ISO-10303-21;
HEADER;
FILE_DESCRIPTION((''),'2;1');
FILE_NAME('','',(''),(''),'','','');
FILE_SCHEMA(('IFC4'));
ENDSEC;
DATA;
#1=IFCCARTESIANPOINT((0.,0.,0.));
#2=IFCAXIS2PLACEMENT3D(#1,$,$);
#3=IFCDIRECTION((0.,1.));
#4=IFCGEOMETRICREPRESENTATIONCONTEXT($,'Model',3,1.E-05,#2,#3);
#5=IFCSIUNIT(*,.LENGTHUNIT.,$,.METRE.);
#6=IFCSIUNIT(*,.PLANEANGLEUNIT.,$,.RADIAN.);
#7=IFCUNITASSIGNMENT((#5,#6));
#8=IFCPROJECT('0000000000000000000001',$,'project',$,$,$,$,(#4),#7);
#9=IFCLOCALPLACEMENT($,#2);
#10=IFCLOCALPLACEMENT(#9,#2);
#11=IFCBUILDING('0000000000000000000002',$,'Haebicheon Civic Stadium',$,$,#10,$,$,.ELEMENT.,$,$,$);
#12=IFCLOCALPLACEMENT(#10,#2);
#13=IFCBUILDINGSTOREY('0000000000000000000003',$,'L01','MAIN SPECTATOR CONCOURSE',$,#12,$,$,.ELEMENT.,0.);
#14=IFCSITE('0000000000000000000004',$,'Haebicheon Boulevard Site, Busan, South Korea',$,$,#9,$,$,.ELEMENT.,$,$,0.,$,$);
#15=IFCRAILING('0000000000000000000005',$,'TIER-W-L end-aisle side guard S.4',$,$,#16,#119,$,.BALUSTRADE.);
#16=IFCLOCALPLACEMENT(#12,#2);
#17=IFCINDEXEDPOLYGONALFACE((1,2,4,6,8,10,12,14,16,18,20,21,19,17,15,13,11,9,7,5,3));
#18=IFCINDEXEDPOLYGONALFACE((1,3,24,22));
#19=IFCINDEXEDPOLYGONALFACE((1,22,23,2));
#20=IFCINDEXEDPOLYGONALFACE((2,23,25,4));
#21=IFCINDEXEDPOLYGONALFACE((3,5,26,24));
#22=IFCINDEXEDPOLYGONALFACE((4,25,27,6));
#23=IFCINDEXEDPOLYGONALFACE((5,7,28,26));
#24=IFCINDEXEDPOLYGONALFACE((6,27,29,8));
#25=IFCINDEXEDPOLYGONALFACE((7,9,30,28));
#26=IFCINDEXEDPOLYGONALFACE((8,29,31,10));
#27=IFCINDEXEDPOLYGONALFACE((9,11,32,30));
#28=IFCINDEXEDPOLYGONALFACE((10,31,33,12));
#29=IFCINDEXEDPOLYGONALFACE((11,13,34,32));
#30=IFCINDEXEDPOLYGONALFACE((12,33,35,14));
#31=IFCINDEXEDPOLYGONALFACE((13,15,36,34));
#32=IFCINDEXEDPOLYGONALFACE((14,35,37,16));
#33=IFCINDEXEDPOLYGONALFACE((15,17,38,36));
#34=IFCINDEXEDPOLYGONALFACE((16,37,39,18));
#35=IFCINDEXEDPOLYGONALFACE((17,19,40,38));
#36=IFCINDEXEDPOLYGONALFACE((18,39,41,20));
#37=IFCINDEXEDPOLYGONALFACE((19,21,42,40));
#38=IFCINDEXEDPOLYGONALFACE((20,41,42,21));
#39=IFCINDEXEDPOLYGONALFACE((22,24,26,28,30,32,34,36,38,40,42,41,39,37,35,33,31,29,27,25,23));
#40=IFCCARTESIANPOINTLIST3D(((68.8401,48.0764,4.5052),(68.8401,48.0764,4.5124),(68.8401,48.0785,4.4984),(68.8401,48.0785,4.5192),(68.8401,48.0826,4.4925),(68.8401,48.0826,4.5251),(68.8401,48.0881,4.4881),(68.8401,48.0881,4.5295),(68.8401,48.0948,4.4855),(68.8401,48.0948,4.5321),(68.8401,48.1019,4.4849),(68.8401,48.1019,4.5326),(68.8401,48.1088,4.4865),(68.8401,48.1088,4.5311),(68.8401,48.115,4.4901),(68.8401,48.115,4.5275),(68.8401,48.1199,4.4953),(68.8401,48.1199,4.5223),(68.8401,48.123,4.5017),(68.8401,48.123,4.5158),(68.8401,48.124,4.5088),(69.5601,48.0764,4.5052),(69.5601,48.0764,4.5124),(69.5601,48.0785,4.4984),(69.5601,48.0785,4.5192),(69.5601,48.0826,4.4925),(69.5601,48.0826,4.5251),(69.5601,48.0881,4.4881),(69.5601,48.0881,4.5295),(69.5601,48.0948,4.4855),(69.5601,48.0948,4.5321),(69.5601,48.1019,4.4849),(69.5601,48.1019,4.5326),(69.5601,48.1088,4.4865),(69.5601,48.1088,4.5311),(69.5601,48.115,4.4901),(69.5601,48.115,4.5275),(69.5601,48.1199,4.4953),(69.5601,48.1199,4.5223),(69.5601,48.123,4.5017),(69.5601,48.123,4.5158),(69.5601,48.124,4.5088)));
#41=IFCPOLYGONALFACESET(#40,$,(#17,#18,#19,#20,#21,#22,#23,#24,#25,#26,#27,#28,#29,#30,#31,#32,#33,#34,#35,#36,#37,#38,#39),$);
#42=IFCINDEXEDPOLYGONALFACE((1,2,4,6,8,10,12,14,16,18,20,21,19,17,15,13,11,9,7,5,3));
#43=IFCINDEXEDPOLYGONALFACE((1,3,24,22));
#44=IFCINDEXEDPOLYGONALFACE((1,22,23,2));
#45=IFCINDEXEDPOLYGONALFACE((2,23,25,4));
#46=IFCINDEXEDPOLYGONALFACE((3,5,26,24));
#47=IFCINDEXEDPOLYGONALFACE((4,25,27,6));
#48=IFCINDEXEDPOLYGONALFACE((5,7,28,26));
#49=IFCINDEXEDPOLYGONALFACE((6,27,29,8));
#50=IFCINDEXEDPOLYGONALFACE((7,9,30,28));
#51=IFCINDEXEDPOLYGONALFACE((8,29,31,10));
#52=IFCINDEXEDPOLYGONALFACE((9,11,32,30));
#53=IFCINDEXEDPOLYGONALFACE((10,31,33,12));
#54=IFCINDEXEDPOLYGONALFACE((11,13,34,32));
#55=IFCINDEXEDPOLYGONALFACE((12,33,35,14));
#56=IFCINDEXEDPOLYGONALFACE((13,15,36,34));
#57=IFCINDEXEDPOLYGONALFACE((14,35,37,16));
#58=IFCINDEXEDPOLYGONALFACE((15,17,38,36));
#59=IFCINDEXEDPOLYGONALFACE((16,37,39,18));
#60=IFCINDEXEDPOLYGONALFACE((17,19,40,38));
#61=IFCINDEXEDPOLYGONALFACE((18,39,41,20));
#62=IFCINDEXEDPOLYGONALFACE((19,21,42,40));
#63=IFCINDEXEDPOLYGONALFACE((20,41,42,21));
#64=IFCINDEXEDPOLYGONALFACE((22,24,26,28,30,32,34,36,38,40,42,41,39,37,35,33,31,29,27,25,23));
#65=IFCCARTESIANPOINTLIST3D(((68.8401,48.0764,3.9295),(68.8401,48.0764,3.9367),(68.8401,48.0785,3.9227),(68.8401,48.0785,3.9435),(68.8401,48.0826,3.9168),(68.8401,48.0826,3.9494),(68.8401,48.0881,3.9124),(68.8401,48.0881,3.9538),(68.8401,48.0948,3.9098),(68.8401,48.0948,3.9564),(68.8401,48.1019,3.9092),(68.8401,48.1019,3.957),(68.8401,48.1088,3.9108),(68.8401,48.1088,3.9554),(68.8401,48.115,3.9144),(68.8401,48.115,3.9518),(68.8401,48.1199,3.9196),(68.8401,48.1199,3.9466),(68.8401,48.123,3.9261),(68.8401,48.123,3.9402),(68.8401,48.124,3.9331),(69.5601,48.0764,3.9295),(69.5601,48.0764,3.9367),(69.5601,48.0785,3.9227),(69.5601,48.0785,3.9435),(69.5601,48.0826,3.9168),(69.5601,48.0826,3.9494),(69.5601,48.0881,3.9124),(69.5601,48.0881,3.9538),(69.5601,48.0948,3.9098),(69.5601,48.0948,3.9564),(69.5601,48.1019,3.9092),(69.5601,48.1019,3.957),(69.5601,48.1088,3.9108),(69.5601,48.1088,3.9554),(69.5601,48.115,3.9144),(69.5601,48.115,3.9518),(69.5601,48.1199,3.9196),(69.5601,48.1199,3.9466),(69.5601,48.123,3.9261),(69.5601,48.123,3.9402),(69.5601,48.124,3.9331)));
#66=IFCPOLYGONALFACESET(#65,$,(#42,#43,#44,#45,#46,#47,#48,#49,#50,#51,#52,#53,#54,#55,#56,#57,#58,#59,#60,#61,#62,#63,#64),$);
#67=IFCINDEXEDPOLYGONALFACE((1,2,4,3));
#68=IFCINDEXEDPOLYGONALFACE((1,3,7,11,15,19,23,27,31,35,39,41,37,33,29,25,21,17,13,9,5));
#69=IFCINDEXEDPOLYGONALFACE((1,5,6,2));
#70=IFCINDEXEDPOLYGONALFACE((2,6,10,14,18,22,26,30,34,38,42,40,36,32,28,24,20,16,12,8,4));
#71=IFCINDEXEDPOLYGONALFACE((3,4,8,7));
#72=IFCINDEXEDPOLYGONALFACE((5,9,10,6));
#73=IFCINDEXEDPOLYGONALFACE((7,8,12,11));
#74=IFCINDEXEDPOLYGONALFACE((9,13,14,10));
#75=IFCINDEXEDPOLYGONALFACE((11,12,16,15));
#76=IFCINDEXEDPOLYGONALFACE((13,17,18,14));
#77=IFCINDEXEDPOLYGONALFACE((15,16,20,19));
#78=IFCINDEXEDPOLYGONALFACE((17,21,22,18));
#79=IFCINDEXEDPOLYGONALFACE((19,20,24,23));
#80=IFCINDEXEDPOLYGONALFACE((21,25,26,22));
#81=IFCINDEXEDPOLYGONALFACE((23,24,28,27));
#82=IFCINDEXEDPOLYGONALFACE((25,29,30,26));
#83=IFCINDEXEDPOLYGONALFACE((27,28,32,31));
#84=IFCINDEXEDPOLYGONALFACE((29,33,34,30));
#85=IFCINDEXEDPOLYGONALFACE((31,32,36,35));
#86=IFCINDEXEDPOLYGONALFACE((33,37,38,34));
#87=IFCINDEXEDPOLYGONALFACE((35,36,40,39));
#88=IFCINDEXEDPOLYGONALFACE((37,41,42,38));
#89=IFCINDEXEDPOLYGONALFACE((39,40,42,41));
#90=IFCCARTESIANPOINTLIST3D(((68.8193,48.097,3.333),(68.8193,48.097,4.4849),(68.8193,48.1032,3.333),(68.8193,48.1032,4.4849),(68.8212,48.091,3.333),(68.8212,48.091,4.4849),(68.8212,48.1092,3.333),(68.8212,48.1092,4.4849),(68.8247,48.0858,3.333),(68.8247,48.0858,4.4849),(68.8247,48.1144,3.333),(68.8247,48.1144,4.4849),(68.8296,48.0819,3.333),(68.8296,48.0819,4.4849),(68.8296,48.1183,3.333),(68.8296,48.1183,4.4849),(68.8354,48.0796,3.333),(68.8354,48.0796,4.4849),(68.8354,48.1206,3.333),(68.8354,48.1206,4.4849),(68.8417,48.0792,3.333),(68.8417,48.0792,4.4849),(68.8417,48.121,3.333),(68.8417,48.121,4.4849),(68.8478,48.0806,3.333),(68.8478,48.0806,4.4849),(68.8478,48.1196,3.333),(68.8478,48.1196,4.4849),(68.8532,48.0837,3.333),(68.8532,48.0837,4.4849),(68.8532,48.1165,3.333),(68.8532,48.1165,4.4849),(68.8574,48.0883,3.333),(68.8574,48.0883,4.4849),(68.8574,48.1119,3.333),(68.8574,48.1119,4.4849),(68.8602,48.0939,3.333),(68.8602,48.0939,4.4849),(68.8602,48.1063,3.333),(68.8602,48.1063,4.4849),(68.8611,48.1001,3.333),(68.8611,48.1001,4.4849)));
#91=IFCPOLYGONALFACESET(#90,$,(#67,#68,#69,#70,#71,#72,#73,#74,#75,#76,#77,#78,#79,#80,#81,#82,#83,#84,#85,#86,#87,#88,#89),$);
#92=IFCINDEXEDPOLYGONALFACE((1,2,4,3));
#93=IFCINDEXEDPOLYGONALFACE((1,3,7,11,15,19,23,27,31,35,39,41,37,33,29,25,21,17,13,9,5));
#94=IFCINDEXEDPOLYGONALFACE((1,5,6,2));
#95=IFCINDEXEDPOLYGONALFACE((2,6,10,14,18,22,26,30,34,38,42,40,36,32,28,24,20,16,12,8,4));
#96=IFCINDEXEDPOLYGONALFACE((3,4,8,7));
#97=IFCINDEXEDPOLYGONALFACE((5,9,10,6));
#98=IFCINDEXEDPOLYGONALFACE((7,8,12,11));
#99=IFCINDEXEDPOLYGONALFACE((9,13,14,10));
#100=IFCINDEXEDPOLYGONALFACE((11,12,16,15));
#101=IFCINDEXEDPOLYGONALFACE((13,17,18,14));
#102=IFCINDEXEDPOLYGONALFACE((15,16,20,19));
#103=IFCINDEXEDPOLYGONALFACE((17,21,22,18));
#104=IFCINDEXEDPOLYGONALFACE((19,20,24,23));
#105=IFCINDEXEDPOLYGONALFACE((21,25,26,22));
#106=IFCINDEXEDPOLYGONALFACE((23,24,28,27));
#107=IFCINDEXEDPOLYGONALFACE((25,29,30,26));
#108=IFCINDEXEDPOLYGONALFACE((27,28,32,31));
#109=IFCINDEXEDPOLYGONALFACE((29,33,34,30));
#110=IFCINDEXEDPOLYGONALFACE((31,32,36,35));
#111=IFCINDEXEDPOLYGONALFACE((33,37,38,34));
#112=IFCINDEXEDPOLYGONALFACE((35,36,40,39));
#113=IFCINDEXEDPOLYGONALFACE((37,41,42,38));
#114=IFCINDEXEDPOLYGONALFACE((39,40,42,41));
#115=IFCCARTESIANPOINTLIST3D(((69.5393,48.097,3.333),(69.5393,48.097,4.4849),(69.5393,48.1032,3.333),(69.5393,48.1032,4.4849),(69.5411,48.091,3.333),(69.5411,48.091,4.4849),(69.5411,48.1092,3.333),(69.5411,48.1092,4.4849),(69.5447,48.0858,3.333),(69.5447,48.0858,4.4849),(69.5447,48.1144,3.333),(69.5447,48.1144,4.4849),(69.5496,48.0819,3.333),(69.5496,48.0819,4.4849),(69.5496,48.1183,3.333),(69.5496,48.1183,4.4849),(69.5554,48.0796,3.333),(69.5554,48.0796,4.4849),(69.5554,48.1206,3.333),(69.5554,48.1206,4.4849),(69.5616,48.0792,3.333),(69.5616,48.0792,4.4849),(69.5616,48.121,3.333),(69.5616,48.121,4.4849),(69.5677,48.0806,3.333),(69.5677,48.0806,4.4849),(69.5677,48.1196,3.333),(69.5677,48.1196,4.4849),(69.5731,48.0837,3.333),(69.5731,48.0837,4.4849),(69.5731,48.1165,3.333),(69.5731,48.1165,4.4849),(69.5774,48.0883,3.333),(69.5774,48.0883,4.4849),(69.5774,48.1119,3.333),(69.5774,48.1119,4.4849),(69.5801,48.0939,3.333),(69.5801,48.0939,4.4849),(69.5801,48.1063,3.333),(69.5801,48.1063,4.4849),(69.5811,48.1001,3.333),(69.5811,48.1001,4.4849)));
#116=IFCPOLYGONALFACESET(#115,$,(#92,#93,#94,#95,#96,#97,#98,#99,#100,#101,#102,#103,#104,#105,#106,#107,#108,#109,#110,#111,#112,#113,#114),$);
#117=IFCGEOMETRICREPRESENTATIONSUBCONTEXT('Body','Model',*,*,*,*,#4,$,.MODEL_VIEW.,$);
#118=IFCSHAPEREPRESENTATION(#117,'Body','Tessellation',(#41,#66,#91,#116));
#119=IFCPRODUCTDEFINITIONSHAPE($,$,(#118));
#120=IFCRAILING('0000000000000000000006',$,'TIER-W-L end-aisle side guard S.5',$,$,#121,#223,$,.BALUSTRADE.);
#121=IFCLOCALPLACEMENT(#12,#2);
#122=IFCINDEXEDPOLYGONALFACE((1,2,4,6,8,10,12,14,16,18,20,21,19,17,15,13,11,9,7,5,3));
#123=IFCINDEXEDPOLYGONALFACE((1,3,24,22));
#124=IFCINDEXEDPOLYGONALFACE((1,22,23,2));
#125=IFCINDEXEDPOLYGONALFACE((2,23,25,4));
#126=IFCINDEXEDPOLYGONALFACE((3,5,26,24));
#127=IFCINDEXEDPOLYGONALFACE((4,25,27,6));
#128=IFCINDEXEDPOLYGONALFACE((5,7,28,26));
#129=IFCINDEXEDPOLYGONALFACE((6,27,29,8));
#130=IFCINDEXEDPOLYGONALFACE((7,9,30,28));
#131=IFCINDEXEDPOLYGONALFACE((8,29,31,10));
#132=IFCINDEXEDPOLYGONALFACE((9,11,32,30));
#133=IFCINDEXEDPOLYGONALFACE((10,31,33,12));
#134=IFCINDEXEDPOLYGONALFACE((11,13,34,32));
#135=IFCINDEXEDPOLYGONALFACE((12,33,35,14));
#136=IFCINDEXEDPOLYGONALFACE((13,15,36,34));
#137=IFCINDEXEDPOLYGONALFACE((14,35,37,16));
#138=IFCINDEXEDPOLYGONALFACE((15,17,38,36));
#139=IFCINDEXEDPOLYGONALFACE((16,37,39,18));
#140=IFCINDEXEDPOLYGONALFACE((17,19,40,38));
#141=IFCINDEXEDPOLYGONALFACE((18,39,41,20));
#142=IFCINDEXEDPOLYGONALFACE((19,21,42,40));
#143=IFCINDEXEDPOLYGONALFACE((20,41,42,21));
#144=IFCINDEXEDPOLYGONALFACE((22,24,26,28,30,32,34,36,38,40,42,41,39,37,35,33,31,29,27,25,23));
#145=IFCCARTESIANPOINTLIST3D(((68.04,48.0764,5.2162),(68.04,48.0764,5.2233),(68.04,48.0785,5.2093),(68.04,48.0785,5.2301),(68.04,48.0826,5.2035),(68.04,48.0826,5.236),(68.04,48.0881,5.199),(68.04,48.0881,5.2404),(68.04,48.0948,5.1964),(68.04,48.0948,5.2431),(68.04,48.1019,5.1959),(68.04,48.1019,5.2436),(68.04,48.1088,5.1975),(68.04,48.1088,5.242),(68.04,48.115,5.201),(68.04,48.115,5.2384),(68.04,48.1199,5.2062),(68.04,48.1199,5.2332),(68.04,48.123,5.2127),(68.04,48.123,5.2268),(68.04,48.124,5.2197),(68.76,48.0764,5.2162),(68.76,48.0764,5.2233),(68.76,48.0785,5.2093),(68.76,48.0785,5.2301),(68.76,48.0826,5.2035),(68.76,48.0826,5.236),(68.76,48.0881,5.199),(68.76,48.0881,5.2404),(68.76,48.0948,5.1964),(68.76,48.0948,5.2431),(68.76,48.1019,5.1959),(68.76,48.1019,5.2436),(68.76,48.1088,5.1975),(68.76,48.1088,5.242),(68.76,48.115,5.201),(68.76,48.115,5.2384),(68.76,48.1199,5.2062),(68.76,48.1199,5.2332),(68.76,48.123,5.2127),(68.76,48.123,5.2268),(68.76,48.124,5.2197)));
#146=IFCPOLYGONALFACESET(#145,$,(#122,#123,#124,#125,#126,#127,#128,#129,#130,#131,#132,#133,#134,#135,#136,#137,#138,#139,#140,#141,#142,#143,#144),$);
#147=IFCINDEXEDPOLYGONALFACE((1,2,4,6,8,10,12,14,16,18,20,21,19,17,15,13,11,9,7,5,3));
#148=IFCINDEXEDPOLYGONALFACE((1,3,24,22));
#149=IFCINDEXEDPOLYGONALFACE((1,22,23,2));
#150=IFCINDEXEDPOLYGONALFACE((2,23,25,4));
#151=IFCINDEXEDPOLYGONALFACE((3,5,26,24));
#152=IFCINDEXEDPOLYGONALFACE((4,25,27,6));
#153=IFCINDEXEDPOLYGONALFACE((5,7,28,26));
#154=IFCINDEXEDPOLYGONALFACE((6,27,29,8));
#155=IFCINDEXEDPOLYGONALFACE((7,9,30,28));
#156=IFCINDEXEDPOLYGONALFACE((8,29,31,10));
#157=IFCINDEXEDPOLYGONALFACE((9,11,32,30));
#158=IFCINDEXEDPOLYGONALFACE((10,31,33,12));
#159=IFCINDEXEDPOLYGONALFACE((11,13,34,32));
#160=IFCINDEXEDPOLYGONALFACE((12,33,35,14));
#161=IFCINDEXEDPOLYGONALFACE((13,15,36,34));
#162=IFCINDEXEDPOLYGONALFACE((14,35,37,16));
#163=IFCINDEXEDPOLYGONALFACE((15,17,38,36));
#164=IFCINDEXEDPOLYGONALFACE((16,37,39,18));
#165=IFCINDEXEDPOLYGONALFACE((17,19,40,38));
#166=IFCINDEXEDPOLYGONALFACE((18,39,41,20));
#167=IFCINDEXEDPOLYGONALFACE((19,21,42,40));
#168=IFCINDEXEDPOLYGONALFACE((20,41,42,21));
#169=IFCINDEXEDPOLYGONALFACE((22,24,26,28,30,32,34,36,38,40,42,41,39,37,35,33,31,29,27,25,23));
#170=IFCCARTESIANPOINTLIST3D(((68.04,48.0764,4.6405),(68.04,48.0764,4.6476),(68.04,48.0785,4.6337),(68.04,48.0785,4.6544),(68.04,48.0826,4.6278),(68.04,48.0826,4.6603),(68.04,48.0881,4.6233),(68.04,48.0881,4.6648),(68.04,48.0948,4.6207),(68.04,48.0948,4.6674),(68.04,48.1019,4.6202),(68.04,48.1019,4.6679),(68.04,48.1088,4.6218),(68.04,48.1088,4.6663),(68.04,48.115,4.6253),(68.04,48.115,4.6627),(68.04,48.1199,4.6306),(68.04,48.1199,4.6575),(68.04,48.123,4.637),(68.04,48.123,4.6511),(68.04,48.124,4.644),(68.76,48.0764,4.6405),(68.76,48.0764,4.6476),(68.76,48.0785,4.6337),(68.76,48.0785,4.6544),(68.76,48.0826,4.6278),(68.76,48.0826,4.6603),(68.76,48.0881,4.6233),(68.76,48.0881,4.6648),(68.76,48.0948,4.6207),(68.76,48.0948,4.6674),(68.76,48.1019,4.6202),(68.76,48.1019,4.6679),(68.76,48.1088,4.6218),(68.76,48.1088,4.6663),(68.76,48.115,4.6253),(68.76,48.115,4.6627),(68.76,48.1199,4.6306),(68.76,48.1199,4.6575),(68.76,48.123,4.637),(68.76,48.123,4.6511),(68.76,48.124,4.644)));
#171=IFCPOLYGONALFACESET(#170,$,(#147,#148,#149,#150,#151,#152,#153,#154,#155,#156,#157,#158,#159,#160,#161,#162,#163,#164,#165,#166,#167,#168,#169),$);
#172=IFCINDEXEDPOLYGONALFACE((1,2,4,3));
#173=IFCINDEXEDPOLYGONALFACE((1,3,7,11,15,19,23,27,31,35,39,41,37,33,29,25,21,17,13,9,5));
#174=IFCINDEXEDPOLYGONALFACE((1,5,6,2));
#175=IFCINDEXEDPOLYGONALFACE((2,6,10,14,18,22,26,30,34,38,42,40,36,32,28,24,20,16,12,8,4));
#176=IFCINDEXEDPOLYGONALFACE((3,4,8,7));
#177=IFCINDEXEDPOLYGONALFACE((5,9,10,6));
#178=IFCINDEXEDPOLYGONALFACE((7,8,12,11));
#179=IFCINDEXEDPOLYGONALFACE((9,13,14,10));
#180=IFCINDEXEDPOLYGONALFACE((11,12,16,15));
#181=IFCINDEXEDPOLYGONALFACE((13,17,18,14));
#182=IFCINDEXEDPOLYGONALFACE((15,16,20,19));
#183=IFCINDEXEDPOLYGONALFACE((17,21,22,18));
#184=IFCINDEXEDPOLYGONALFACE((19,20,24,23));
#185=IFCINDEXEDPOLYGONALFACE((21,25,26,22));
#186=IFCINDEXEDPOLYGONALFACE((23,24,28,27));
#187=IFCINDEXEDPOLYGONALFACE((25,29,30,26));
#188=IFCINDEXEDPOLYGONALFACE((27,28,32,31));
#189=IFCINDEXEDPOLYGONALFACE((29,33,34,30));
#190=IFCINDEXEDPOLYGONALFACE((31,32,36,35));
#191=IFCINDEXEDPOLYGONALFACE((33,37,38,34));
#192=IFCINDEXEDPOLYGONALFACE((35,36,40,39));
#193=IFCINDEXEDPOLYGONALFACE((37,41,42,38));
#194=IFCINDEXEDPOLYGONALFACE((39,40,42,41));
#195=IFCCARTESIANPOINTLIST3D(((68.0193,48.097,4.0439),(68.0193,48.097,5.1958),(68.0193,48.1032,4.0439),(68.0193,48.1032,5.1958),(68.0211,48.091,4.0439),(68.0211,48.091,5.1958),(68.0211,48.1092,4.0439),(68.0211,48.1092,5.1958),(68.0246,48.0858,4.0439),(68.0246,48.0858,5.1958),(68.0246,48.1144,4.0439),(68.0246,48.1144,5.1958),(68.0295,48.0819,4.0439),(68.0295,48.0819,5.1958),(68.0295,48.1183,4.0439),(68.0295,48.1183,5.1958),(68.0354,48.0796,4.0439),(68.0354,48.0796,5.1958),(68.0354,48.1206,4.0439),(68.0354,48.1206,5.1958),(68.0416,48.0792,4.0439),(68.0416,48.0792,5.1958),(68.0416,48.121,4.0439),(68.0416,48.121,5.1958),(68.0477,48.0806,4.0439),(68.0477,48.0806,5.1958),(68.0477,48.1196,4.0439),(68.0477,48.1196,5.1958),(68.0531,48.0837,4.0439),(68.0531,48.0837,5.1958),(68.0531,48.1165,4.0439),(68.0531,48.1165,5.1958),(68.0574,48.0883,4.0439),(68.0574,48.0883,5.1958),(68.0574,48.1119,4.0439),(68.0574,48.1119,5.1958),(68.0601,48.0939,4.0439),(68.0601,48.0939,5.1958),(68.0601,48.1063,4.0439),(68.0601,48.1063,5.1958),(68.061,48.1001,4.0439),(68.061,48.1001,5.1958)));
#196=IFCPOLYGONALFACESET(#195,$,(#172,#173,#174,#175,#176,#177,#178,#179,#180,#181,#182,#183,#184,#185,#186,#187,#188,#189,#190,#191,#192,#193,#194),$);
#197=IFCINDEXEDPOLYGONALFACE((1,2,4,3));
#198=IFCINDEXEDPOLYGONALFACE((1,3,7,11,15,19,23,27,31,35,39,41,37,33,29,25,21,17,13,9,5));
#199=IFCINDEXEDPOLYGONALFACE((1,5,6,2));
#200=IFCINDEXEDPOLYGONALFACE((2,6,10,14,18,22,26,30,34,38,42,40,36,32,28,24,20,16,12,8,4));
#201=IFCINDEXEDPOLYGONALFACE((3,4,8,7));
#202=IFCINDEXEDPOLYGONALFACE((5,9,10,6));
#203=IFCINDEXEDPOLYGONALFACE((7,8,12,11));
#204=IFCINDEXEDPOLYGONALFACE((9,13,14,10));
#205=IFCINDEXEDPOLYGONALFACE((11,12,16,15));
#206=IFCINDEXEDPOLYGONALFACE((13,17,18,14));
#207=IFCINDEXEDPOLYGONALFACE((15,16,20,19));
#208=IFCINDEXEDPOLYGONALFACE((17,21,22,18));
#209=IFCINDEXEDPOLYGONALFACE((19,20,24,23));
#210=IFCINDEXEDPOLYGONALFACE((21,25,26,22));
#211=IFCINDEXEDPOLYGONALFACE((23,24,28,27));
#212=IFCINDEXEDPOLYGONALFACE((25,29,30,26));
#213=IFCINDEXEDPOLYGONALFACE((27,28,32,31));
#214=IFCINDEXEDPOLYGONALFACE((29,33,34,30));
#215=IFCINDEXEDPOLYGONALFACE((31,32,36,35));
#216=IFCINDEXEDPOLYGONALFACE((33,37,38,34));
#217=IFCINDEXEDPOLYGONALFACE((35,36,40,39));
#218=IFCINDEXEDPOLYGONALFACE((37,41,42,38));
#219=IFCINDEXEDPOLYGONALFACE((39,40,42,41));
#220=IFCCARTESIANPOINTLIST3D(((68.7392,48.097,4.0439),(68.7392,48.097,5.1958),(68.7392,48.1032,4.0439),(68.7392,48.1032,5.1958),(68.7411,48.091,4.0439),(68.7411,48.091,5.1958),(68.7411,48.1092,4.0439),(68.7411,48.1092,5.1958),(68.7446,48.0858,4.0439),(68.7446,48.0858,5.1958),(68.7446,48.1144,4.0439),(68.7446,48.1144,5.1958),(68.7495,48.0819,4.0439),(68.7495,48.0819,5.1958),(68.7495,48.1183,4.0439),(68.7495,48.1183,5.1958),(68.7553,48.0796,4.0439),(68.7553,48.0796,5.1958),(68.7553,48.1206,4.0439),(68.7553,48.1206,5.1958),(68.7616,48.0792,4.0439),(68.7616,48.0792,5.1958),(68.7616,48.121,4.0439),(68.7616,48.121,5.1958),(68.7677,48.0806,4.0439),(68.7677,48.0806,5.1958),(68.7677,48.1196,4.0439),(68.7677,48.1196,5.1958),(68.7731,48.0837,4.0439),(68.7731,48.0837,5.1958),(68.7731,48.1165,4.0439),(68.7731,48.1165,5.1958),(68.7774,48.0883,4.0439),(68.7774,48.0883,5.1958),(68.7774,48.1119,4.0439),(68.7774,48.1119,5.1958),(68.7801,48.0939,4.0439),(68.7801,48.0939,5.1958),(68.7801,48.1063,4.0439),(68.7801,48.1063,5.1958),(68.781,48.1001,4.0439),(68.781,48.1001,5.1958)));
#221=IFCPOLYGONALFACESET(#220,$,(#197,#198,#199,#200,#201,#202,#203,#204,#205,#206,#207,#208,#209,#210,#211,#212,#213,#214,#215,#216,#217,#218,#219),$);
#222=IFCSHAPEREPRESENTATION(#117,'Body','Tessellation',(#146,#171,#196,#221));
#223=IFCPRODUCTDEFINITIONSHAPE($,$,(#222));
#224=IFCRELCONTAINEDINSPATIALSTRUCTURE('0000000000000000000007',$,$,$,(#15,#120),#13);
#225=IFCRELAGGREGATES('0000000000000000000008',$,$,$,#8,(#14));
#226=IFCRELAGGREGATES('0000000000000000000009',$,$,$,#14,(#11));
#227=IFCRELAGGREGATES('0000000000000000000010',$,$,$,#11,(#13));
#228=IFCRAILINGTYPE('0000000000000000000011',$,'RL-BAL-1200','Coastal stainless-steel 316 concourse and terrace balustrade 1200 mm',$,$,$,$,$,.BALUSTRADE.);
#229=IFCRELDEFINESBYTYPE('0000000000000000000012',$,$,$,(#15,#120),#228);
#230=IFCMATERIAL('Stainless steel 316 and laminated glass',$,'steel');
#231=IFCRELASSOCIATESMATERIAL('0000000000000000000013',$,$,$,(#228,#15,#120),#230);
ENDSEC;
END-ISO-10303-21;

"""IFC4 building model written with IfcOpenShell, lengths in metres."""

from ifc_helpers import new_model, si_unit, direction, frame, origin, origin_2d, place, context, subcontext, project, spatial, circle, extrude, material, type_object, element, save


model = new_model("IFC4")

# Units and contexts
model_context = context("Model", 3, precision=1e-05, world=origin(), true_north=direction((0.0, 1.0)))
body_context = subcontext(model_context, "Body", "Model", "MODEL_VIEW")
ifc_project = project(units=[si_unit("LENGTHUNIT", "METRE"), si_unit("PLANEANGLEUNIT", "RADIAN")], contexts=[model_context])

# Site, building, storey
site_placement = place(None, origin())
site = spatial("IfcSite", under=ifc_project, at=site_placement, Name="Haebicheon Boulevard Site, Busan, South Korea", CompositionType="ELEMENT", RefElevation=0.0)
building_placement = place(site_placement, origin())
building = spatial("IfcBuilding", under=site, at=building_placement, Name="Haebicheon Civic Stadium", CompositionType="ELEMENT")
storey_placement = place(building_placement, origin())
storey = spatial("IfcBuildingStorey", under=building, at=storey_placement, Name="L01", Description="MAIN SPECTATOR CONCOURSE", CompositionType="ELEMENT", Elevation=0.0)

# Railings
ifc_material_1 = material(Name="Stainless steel 316 and laminated glass", Category="steel")
railing_type = type_object("IfcRailingType", Name="RL-BAL-1200", Description="Coastal stainless-steel 316 concourse and terrace balustrade 1200 mm", PredefinedType="BALUSTRADE", material=ifc_material_1)
for number, where, name in (
    (1, (68.8401, 48.1001, 3.333), "TIER-W-L end-aisle side guard S.4"),
    (2, (68.04, 48.1001, 4.0439), "TIER-W-L end-aisle side guard S.5"),
):
    element("IfcRailing", number, at=place(storey_placement, frame(where)), inside=storey, type_object=railing_type, material=ifc_material_1, Name=name, PredefinedType="BALUSTRADE", context=body_context, shape_type="SweptSolid", body=[
        extrude(circle(Radius=0.0239, at=origin_2d()), frame((0.0, 0.0, 1.1758), z_axis=(1.0, 0.0, 0.0), x_axis=(0.0, 1.0, 0.0)), (0.0, 0.0, 1.0), 0.72),
        extrude(circle(Radius=0.0239, at=origin_2d()), frame((0.0, 0.0, 0.6001), z_axis=(1.0, 0.0, 0.0), x_axis=(0.0, 1.0, 0.0)), (0.0, 0.0, 1.0), 0.72),
        extrude(circle(Radius=0.021, at=origin_2d()), origin(), (0.0, 0.0, 1.0), 1.1519),
        extrude(circle(Radius=0.021, at=origin_2d()), frame((0.72, 0.0, 0.0)), (0.0, 0.0, 1.0), 1.1519),
    ])

save(model, "model.ifc")
